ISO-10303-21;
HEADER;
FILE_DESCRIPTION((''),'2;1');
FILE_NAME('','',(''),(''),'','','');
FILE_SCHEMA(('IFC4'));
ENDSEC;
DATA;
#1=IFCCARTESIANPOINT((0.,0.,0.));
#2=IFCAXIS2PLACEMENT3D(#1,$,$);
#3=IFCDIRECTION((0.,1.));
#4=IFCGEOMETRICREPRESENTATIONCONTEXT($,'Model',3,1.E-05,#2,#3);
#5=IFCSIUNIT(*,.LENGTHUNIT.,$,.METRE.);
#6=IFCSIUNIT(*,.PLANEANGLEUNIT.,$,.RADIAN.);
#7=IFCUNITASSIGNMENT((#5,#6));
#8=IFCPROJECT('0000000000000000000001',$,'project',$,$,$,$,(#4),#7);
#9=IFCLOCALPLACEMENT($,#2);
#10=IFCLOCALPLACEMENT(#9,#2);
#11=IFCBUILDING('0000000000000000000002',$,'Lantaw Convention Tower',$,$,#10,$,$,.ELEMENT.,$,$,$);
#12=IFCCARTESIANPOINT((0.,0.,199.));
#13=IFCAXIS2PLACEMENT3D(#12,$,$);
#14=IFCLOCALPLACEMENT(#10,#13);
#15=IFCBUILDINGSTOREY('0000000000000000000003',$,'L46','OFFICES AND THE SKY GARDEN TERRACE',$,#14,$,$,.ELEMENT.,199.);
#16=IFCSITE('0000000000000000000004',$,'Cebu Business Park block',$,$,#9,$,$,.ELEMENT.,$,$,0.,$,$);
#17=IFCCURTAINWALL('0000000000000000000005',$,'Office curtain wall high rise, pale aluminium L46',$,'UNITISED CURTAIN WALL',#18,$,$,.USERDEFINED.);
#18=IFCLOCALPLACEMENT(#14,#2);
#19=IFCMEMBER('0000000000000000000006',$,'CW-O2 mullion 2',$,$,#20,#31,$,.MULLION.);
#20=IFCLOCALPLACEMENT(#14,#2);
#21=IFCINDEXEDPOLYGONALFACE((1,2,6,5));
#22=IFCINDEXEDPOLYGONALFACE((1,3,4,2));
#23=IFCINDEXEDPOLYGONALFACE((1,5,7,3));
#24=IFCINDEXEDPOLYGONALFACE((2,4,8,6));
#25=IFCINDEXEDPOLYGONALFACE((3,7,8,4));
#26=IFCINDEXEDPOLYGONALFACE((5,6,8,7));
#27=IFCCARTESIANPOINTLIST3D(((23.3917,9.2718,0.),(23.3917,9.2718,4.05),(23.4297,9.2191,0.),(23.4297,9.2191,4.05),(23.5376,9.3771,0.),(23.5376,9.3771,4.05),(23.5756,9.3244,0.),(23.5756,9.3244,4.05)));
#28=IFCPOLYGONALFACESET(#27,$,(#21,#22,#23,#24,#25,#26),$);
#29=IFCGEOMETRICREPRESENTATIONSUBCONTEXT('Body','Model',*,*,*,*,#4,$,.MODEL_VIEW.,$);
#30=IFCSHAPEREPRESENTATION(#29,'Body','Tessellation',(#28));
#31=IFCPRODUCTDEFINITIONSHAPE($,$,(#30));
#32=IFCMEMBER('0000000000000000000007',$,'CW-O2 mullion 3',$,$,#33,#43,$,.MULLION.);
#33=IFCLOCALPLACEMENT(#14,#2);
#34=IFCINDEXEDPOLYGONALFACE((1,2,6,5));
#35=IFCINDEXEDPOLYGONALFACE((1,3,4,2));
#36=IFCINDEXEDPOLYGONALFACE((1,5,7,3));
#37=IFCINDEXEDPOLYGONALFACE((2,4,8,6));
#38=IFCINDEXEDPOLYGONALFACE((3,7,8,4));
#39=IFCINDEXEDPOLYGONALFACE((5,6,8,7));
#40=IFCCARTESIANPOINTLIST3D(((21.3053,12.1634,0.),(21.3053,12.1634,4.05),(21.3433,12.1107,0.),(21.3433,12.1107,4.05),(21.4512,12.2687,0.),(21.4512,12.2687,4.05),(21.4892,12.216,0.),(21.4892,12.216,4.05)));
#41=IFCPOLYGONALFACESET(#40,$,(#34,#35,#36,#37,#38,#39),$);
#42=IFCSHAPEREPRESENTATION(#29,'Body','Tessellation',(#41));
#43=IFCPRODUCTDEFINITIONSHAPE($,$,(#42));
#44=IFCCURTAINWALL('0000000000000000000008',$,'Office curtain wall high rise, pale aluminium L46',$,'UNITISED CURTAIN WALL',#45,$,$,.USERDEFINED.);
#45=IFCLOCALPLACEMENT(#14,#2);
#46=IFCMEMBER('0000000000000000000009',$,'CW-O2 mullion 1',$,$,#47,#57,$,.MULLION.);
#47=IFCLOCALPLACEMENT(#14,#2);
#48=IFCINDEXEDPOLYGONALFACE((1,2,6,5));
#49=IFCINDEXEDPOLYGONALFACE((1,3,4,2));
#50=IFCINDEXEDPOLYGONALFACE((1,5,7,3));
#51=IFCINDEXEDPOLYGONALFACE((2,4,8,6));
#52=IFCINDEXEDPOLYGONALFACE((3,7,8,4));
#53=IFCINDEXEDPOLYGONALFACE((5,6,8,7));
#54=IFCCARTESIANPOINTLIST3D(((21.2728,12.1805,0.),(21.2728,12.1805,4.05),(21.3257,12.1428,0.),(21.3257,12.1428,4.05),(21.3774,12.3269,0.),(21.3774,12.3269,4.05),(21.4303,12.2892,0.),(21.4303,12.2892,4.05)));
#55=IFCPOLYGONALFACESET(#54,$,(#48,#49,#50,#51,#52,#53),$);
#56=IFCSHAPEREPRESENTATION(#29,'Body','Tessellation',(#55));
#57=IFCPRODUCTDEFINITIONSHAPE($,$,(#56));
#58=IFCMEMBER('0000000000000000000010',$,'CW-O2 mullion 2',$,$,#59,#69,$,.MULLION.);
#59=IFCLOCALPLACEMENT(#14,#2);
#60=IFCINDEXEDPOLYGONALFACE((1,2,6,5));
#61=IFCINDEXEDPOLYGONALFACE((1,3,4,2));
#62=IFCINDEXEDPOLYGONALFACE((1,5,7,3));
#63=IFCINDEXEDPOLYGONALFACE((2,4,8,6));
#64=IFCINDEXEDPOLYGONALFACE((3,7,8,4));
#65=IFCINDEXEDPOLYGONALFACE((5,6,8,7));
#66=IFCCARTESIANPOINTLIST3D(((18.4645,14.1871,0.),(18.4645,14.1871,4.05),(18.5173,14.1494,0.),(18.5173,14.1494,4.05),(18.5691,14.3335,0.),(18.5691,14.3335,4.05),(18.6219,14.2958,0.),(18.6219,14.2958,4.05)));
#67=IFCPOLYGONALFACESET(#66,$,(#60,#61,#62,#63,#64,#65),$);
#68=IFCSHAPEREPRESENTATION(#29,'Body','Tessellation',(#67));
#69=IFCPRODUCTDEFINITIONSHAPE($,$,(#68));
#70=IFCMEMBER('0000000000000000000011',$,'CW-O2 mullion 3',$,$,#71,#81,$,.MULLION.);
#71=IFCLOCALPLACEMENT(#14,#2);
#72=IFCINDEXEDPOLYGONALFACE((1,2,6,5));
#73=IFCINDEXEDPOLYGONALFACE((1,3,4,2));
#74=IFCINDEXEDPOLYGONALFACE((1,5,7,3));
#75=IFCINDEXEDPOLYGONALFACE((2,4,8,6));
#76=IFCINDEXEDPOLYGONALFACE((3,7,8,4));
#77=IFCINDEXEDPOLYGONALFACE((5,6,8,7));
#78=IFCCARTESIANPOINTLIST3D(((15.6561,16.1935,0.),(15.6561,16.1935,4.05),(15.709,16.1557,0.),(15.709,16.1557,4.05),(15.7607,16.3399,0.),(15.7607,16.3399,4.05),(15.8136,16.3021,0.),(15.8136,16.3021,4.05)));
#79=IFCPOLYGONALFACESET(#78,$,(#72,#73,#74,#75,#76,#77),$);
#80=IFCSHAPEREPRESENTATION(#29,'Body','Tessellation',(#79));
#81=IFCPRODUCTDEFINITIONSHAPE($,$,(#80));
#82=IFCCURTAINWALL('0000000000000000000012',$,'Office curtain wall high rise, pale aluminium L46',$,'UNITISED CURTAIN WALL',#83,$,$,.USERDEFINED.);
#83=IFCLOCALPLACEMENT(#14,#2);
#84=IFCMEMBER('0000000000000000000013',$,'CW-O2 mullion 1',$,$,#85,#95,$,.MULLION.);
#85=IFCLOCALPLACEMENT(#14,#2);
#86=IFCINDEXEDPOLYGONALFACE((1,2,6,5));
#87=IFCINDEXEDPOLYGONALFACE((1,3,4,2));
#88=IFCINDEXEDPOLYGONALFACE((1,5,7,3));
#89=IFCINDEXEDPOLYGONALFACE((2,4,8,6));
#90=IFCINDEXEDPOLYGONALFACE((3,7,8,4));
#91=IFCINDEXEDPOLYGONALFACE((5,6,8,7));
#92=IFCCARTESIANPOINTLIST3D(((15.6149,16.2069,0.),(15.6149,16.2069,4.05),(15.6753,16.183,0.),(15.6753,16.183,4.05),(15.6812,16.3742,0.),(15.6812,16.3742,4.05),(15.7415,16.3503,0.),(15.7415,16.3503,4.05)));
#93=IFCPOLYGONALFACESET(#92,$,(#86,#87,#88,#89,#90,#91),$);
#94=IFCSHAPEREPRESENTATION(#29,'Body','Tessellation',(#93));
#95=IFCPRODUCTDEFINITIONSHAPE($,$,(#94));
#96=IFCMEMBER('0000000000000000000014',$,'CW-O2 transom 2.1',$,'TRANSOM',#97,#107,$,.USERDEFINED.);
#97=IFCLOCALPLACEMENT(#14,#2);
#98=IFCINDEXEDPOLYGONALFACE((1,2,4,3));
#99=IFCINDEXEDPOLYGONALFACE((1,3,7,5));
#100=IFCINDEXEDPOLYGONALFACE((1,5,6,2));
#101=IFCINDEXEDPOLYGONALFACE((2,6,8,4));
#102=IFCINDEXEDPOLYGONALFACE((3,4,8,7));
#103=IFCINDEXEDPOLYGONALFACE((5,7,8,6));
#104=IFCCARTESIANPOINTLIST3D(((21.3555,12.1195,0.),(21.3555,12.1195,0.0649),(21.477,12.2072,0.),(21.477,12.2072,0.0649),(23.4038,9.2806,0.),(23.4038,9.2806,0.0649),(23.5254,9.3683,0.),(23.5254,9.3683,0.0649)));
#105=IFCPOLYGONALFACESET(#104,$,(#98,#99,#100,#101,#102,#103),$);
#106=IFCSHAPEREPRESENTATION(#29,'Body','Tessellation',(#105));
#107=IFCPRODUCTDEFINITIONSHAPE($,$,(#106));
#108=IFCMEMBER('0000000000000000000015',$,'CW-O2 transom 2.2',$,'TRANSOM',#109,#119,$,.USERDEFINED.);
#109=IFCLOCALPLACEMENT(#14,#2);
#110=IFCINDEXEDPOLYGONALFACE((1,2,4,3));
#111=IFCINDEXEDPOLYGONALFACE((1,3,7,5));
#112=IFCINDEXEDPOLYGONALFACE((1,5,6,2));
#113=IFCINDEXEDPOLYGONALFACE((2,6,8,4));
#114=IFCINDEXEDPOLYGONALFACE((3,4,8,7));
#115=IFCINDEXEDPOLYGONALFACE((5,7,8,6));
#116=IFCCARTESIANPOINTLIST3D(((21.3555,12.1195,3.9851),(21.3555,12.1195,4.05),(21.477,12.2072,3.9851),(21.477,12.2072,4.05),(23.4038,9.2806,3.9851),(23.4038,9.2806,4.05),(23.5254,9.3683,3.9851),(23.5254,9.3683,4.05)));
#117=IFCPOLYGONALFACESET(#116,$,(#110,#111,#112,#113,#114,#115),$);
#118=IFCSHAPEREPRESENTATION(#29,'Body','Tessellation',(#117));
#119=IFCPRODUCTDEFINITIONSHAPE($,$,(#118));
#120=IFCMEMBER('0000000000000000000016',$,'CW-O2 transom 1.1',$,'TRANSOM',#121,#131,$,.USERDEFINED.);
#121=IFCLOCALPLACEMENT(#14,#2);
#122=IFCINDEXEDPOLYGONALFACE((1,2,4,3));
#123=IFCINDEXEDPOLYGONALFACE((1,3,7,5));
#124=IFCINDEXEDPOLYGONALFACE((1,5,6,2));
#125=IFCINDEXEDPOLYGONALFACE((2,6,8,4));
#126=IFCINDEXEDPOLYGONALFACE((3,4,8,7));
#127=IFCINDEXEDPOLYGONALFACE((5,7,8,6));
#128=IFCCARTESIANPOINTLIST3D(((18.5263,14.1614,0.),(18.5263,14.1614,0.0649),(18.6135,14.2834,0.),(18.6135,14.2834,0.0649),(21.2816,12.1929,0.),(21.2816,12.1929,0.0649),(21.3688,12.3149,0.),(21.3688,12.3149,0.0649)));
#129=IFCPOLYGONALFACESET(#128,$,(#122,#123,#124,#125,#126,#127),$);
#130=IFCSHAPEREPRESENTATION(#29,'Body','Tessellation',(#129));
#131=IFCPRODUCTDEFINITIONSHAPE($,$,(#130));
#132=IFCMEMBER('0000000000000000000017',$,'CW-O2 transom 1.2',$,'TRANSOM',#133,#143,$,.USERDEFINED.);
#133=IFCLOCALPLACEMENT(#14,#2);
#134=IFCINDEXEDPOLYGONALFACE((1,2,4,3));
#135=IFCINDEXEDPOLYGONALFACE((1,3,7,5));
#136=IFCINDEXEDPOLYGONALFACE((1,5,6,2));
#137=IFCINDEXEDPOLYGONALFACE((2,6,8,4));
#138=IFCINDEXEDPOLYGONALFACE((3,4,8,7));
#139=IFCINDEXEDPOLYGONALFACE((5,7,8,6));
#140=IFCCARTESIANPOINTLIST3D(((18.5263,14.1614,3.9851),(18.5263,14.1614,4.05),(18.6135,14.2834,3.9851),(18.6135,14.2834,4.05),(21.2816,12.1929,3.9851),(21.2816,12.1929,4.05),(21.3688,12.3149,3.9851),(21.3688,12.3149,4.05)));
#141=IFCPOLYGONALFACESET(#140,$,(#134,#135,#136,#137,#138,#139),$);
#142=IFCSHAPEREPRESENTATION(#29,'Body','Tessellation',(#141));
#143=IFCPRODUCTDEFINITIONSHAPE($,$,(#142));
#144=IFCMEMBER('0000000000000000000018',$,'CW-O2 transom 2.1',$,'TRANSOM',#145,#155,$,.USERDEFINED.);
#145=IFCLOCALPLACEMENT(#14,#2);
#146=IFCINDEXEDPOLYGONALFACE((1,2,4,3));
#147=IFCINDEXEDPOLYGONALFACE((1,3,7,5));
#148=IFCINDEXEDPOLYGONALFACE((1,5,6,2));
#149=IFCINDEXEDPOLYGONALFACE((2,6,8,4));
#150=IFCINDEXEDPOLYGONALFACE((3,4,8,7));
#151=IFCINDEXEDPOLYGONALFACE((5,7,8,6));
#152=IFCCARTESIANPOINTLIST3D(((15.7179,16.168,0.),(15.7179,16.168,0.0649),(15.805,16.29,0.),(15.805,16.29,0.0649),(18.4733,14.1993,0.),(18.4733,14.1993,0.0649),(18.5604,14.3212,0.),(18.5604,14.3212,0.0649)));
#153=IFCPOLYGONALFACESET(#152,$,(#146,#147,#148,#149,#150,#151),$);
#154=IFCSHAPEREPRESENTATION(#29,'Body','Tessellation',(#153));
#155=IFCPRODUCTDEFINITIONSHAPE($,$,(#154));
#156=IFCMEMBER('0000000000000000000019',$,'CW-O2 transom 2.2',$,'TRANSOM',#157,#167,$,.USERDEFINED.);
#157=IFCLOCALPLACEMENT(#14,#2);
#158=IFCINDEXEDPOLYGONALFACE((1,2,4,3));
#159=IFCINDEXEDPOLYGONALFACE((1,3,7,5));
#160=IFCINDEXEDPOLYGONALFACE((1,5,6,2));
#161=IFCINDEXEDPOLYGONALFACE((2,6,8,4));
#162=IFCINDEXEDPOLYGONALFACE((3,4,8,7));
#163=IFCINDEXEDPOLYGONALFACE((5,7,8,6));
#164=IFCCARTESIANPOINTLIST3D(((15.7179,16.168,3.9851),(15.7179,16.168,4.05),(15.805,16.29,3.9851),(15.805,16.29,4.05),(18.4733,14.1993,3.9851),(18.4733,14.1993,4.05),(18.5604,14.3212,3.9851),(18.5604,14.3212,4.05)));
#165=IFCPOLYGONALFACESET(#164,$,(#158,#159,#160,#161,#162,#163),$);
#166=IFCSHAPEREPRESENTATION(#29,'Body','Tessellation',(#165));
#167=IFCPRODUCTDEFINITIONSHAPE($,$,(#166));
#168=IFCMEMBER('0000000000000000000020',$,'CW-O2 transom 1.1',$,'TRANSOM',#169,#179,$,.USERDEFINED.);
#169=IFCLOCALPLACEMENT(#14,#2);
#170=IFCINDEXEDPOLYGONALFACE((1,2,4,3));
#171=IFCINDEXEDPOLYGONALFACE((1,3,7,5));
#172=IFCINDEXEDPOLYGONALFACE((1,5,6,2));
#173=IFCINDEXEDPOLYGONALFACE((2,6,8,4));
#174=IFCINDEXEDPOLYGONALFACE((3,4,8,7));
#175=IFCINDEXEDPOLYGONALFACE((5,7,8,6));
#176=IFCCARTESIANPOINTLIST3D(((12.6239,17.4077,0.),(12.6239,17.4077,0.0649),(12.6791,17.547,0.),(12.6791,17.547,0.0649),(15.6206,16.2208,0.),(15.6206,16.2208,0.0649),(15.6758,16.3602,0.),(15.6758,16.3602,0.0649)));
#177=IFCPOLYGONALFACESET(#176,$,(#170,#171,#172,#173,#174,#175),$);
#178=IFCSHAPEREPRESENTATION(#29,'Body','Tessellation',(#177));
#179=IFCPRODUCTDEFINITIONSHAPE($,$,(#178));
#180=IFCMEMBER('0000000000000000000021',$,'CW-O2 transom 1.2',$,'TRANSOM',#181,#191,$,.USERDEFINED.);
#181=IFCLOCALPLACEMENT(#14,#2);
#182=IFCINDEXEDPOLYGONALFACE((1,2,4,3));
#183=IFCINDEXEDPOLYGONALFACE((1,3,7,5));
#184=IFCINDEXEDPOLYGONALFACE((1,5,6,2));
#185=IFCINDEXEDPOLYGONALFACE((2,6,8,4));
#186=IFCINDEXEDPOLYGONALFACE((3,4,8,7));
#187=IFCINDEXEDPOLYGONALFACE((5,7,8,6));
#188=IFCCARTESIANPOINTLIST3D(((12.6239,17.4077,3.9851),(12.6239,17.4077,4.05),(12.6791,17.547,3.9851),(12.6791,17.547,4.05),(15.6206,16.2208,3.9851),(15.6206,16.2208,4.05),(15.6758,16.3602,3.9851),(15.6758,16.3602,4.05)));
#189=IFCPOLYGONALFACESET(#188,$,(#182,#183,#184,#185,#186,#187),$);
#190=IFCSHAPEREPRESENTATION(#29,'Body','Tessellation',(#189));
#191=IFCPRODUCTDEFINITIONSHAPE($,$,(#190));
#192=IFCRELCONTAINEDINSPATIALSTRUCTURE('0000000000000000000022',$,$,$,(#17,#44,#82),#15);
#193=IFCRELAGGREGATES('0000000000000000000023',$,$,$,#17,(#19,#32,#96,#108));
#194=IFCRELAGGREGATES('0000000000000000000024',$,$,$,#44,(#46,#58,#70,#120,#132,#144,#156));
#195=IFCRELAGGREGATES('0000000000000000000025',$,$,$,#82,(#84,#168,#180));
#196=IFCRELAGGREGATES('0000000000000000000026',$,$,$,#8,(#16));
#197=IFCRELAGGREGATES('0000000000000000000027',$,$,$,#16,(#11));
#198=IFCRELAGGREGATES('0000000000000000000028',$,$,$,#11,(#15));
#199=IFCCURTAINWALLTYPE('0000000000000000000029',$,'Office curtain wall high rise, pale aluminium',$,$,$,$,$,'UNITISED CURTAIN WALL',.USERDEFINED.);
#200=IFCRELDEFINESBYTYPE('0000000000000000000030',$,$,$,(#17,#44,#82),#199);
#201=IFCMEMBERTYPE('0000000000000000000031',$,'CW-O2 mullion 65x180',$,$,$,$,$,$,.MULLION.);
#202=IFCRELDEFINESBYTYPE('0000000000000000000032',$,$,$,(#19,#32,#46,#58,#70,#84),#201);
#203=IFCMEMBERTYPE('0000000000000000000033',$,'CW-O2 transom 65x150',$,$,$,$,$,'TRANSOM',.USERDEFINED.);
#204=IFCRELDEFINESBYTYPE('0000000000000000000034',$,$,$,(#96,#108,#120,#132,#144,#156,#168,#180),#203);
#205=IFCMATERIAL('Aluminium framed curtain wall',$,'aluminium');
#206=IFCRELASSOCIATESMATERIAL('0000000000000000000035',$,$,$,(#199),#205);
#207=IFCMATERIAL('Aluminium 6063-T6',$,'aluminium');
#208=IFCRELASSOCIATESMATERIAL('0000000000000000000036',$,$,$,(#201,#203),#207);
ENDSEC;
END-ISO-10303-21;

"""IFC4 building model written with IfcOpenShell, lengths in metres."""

from ifc_helpers import new_model, si_unit, direction, frame, origin, origin_2d, place, context, subcontext, project, spatial, rectangle, extrude, material, material_profile, profile_set, type_object, element, aggregate, save


model = new_model("IFC4")

# Units and contexts
model_context = context("Model", 3, precision=1e-05, world=origin(), true_north=direction((0.0, 1.0)))
body_context = subcontext(model_context, "Body", "Model", "MODEL_VIEW")
ifc_project = project(units=[si_unit("LENGTHUNIT", "METRE"), si_unit("PLANEANGLEUNIT", "RADIAN")], contexts=[model_context])

# Site, building, storey
site_placement = place(None, origin())
site = spatial("IfcSite", under=ifc_project, at=site_placement, Name="Cebu Business Park block", CompositionType="ELEMENT", RefElevation=0.0)
building_placement = place(site_placement, origin())
building = spatial("IfcBuilding", under=site, at=building_placement, Name="Lantaw Convention Tower", CompositionType="ELEMENT")
storey_placement = place(building_placement, frame((0.0, 0.0, 199.0)))
storey = spatial("IfcBuildingStorey", under=building, at=storey_placement, Name="L46", Description="OFFICES AND THE SKY GARDEN TERRACE", CompositionType="ELEMENT", Elevation=199.0)

# Curtain walls, members
ifc_material_1 = material(Name="Aluminium framed curtain wall", Category="aluminium")
curtain_wall_type = type_object("IfcCurtainWallType", Name="Office curtain wall high rise, pale aluminium", ElementType="UNITISED CURTAIN WALL", PredefinedType="USERDEFINED", material=ifc_material_1)
curtain_wall_1_placement = place(storey_placement, origin())
curtain_wall_1 = element("IfcCurtainWall", 1, at=curtain_wall_1_placement, inside=storey, type_object=curtain_wall_type, Name="Office curtain wall high rise, pale aluminium L46", ObjectType="UNITISED CURTAIN WALL", PredefinedType="USERDEFINED")
ifc_material_2 = material(Name="Aluminium 6063-T6", Category="aluminium")
ifc_material_profile_1 = material_profile(ifc_material_2, rectangle(XDim=0.1799, YDim=0.0649, at=origin_2d()), Name="CW-O2 mullion 65x180")
ifc_profile_set_1 = profile_set([ifc_material_profile_1], Name="Aluminium 6063-T6")
member_type_1 = type_object("IfcMemberType", Name="CW-O2 mullion 65x180", PredefinedType="MULLION", material=ifc_profile_set_1)
member_1_placement = place(storey_placement, frame((23.4836, 9.2981, 0.0), z_axis=(0.0, 0.0, 1.0), x_axis=(-0.81092, -0.585158, 0.0)))
member_1 = element("IfcMember", 2, at=member_1_placement, type_object=member_type_1, Name="CW-O2 mullion 2", PredefinedType="MULLION", context=body_context, shape_type="SweptSolid", body=[
    extrude(rectangle(XDim=0.1799, YDim=0.0649, at=origin_2d()), origin(), (0.0, 0.0, 1.0), 4.05),
])
member_2_placement = place(storey_placement, frame((21.3972, 12.1897, 0.0), z_axis=(0.0, 0.0, 1.0), x_axis=(-0.81092, -0.585158, 0.0)))
member_2 = element("IfcMember", 3, at=member_2_placement, type_object=member_type_1, Name="CW-O2 mullion 3", PredefinedType="MULLION", context=body_context, shape_type="SweptSolid", body=[
    extrude(rectangle(XDim=0.1799, YDim=0.0649, at=origin_2d()), origin(), (0.0, 0.0, 1.0), 4.05),
])
curtain_wall_2_placement = place(storey_placement, origin())
curtain_wall_2 = element("IfcCurtainWall", 4, at=curtain_wall_2_placement, inside=storey, type_object=curtain_wall_type, Name="Office curtain wall high rise, pale aluminium L46", ObjectType="UNITISED CURTAIN WALL", PredefinedType="USERDEFINED")
member_3_placement = place(storey_placement, frame((21.3516, 12.2349, 0.0), z_axis=(0.0, 0.0, 1.0), x_axis=(-0.581323, -0.813673, 0.0)))
member_3 = element("IfcMember", 5, at=member_3_placement, type_object=member_type_1, Name="CW-O2 mullion 1", PredefinedType="MULLION", context=body_context, shape_type="SweptSolid", body=[
    extrude(rectangle(XDim=0.1799, YDim=0.0649, at=origin_2d()), origin(), (0.0, 0.0, 1.0), 4.05),
])
member_4_placement = place(storey_placement, frame((18.5432, 14.2415, 0.0), z_axis=(0.0, 0.0, 1.0), x_axis=(-0.581323, -0.813673, 0.0)))
member_4 = element("IfcMember", 6, at=member_4_placement, type_object=member_type_1, Name="CW-O2 mullion 2", PredefinedType="MULLION", context=body_context, shape_type="SweptSolid", body=[
    extrude(rectangle(XDim=0.1799, YDim=0.0649, at=origin_2d()), origin(), (0.0, 0.0, 1.0), 4.05),
])
member_5_placement = place(storey_placement, frame((15.7349, 16.2478, 0.0), z_axis=(0.0, 0.0, 1.0), x_axis=(-0.581323, -0.813673, 0.0)))
member_5 = element("IfcMember", 7, at=member_5_placement, type_object=member_type_1, Name="CW-O2 mullion 3", PredefinedType="MULLION", context=body_context, shape_type="SweptSolid", body=[
    extrude(rectangle(XDim=0.1799, YDim=0.0649, at=origin_2d()), origin(), (0.0, 0.0, 1.0), 4.05),
])

# Curtain wall, member
curtain_wall_3_placement = place(storey_placement, origin())
curtain_wall_3 = element("IfcCurtainWall", 8, at=curtain_wall_3_placement, inside=storey, type_object=curtain_wall_type, Name="Office curtain wall high rise, pale aluminium L46", ObjectType="UNITISED CURTAIN WALL", PredefinedType="USERDEFINED")
member_6_placement = place(storey_placement, frame((15.6782, 16.2786, 0.0), z_axis=(0.0, 0.0, 1.0), x_axis=(-0.368162, -0.929762, 0.0)))
member_6 = element("IfcMember", 9, at=member_6_placement, type_object=member_type_1, Name="CW-O2 mullion 1", PredefinedType="MULLION", context=body_context, shape_type="SweptSolid", body=[
    extrude(rectangle(XDim=0.1799, YDim=0.0649, at=origin_2d()), origin(), (0.0, 0.0, 1.0), 4.05),
])

# Members
ifc_material_profile_2 = material_profile(ifc_material_2, rectangle(XDim=0.1499, YDim=0.0649, at=origin_2d()), Name="CW-O2 transom 65x150")
ifc_profile_set_2 = profile_set([ifc_material_profile_2], Name="Aluminium 6063-T6")
member_type_2 = type_object("IfcMemberType", Name="CW-O2 transom 65x150", ElementType="TRANSOM", PredefinedType="USERDEFINED", material=ifc_profile_set_2)
member_7_placement = place(storey_placement, frame((23.4646, 9.3245, 0.0325), z_axis=(-0.585124, 0.810944, 0.0), x_axis=(-0.810944, -0.585124, 0.0)))
member_7 = element("IfcMember", 10, at=member_7_placement, type_object=member_type_2, Name="CW-O2 transom 2.1", ObjectType="TRANSOM", PredefinedType="USERDEFINED", context=body_context, shape_type="SweptSolid", body=[
    extrude(rectangle(XDim=0.1499, YDim=0.0649, at=origin_2d()), origin(), (0.0, 0.0, 1.0), 3.5007),
])
member_8_placement = place(storey_placement, frame((23.4646, 9.3245, 4.0176), z_axis=(-0.585124, 0.810944, 0.0), x_axis=(-0.810944, -0.585124, 0.0)))
member_8 = element("IfcMember", 11, at=member_8_placement, type_object=member_type_2, Name="CW-O2 transom 2.2", ObjectType="TRANSOM", PredefinedType="USERDEFINED", context=body_context, shape_type="SweptSolid", body=[
    extrude(rectangle(XDim=0.1499, YDim=0.0649, at=origin_2d()), origin(), (0.0, 0.0, 1.0), 3.5007),
])
member_9_placement = place(storey_placement, frame((21.3252, 12.2539, 0.0325), z_axis=(-0.81368, 0.581313, 0.0), x_axis=(-0.581313, -0.81368, 0.0)))
member_9 = element("IfcMember", 12, at=member_9_placement, type_object=member_type_2, Name="CW-O2 transom 1.1", ObjectType="TRANSOM", PredefinedType="USERDEFINED", context=body_context, shape_type="SweptSolid", body=[
    extrude(rectangle(XDim=0.1499, YDim=0.0649, at=origin_2d()), origin(), (0.0, 0.0, 1.0), 3.3862),
])
member_10_placement = place(storey_placement, frame((21.3252, 12.2539, 4.0176), z_axis=(-0.81368, 0.581313, 0.0), x_axis=(-0.581313, -0.81368, 0.0)))
member_10 = element("IfcMember", 13, at=member_10_placement, type_object=member_type_2, Name="CW-O2 transom 1.2", ObjectType="TRANSOM", PredefinedType="USERDEFINED", context=body_context, shape_type="SweptSolid", body=[
    extrude(rectangle(XDim=0.1499, YDim=0.0649, at=origin_2d()), origin(), (0.0, 0.0, 1.0), 3.3862),
])
member_11_placement = place(storey_placement, frame((18.5168, 14.2603, 0.0325), z_axis=(-0.813646, 0.581361, 0.0), x_axis=(-0.581361, -0.813646, 0.0)))
member_11 = element("IfcMember", 14, at=member_11_placement, type_object=member_type_2, Name="CW-O2 transom 2.1", ObjectType="TRANSOM", PredefinedType="USERDEFINED", context=body_context, shape_type="SweptSolid", body=[
    extrude(rectangle(XDim=0.1499, YDim=0.0649, at=origin_2d()), origin(), (0.0, 0.0, 1.0), 3.3865),
])
member_12_placement = place(storey_placement, frame((18.5168, 14.2603, 4.0176), z_axis=(-0.813646, 0.581361, 0.0), x_axis=(-0.581361, -0.813646, 0.0)))
member_12 = element("IfcMember", 15, at=member_12_placement, type_object=member_type_2, Name="CW-O2 transom 2.2", ObjectType="TRANSOM", PredefinedType="USERDEFINED", context=body_context, shape_type="SweptSolid", body=[
    extrude(rectangle(XDim=0.1499, YDim=0.0649, at=origin_2d()), origin(), (0.0, 0.0, 1.0), 3.3865),
])
member_13_placement = place(storey_placement, frame((15.6482, 16.2905, 0.0325), z_axis=(-0.929741, 0.368215, 0.0), x_axis=(-0.368215, -0.929741, 0.0)))
member_13 = element("IfcMember", 16, at=member_13_placement, type_object=member_type_2, Name="CW-O2 transom 1.1", ObjectType="TRANSOM", PredefinedType="USERDEFINED", context=body_context, shape_type="SweptSolid", body=[
    extrude(rectangle(XDim=0.1499, YDim=0.0649, at=origin_2d()), origin(), (0.0, 0.0, 1.0), 3.2231),
])
member_14_placement = place(storey_placement, frame((15.6482, 16.2905, 4.0176), z_axis=(-0.929741, 0.368215, 0.0), x_axis=(-0.368215, -0.929741, 0.0)))
member_14 = element("IfcMember", 17, at=member_14_placement, type_object=member_type_2, Name="CW-O2 transom 1.2", ObjectType="TRANSOM", PredefinedType="USERDEFINED", context=body_context, shape_type="SweptSolid", body=[
    extrude(rectangle(XDim=0.1499, YDim=0.0649, at=origin_2d()), origin(), (0.0, 0.0, 1.0), 3.2231),
])

aggregate(curtain_wall_1, [member_1, member_2, member_7, member_8])
aggregate(curtain_wall_2, [member_3, member_4, member_5, member_9, member_10, member_11, member_12])
aggregate(curtain_wall_3, [member_6, member_13, member_14])

save(model, "model.ifc")
